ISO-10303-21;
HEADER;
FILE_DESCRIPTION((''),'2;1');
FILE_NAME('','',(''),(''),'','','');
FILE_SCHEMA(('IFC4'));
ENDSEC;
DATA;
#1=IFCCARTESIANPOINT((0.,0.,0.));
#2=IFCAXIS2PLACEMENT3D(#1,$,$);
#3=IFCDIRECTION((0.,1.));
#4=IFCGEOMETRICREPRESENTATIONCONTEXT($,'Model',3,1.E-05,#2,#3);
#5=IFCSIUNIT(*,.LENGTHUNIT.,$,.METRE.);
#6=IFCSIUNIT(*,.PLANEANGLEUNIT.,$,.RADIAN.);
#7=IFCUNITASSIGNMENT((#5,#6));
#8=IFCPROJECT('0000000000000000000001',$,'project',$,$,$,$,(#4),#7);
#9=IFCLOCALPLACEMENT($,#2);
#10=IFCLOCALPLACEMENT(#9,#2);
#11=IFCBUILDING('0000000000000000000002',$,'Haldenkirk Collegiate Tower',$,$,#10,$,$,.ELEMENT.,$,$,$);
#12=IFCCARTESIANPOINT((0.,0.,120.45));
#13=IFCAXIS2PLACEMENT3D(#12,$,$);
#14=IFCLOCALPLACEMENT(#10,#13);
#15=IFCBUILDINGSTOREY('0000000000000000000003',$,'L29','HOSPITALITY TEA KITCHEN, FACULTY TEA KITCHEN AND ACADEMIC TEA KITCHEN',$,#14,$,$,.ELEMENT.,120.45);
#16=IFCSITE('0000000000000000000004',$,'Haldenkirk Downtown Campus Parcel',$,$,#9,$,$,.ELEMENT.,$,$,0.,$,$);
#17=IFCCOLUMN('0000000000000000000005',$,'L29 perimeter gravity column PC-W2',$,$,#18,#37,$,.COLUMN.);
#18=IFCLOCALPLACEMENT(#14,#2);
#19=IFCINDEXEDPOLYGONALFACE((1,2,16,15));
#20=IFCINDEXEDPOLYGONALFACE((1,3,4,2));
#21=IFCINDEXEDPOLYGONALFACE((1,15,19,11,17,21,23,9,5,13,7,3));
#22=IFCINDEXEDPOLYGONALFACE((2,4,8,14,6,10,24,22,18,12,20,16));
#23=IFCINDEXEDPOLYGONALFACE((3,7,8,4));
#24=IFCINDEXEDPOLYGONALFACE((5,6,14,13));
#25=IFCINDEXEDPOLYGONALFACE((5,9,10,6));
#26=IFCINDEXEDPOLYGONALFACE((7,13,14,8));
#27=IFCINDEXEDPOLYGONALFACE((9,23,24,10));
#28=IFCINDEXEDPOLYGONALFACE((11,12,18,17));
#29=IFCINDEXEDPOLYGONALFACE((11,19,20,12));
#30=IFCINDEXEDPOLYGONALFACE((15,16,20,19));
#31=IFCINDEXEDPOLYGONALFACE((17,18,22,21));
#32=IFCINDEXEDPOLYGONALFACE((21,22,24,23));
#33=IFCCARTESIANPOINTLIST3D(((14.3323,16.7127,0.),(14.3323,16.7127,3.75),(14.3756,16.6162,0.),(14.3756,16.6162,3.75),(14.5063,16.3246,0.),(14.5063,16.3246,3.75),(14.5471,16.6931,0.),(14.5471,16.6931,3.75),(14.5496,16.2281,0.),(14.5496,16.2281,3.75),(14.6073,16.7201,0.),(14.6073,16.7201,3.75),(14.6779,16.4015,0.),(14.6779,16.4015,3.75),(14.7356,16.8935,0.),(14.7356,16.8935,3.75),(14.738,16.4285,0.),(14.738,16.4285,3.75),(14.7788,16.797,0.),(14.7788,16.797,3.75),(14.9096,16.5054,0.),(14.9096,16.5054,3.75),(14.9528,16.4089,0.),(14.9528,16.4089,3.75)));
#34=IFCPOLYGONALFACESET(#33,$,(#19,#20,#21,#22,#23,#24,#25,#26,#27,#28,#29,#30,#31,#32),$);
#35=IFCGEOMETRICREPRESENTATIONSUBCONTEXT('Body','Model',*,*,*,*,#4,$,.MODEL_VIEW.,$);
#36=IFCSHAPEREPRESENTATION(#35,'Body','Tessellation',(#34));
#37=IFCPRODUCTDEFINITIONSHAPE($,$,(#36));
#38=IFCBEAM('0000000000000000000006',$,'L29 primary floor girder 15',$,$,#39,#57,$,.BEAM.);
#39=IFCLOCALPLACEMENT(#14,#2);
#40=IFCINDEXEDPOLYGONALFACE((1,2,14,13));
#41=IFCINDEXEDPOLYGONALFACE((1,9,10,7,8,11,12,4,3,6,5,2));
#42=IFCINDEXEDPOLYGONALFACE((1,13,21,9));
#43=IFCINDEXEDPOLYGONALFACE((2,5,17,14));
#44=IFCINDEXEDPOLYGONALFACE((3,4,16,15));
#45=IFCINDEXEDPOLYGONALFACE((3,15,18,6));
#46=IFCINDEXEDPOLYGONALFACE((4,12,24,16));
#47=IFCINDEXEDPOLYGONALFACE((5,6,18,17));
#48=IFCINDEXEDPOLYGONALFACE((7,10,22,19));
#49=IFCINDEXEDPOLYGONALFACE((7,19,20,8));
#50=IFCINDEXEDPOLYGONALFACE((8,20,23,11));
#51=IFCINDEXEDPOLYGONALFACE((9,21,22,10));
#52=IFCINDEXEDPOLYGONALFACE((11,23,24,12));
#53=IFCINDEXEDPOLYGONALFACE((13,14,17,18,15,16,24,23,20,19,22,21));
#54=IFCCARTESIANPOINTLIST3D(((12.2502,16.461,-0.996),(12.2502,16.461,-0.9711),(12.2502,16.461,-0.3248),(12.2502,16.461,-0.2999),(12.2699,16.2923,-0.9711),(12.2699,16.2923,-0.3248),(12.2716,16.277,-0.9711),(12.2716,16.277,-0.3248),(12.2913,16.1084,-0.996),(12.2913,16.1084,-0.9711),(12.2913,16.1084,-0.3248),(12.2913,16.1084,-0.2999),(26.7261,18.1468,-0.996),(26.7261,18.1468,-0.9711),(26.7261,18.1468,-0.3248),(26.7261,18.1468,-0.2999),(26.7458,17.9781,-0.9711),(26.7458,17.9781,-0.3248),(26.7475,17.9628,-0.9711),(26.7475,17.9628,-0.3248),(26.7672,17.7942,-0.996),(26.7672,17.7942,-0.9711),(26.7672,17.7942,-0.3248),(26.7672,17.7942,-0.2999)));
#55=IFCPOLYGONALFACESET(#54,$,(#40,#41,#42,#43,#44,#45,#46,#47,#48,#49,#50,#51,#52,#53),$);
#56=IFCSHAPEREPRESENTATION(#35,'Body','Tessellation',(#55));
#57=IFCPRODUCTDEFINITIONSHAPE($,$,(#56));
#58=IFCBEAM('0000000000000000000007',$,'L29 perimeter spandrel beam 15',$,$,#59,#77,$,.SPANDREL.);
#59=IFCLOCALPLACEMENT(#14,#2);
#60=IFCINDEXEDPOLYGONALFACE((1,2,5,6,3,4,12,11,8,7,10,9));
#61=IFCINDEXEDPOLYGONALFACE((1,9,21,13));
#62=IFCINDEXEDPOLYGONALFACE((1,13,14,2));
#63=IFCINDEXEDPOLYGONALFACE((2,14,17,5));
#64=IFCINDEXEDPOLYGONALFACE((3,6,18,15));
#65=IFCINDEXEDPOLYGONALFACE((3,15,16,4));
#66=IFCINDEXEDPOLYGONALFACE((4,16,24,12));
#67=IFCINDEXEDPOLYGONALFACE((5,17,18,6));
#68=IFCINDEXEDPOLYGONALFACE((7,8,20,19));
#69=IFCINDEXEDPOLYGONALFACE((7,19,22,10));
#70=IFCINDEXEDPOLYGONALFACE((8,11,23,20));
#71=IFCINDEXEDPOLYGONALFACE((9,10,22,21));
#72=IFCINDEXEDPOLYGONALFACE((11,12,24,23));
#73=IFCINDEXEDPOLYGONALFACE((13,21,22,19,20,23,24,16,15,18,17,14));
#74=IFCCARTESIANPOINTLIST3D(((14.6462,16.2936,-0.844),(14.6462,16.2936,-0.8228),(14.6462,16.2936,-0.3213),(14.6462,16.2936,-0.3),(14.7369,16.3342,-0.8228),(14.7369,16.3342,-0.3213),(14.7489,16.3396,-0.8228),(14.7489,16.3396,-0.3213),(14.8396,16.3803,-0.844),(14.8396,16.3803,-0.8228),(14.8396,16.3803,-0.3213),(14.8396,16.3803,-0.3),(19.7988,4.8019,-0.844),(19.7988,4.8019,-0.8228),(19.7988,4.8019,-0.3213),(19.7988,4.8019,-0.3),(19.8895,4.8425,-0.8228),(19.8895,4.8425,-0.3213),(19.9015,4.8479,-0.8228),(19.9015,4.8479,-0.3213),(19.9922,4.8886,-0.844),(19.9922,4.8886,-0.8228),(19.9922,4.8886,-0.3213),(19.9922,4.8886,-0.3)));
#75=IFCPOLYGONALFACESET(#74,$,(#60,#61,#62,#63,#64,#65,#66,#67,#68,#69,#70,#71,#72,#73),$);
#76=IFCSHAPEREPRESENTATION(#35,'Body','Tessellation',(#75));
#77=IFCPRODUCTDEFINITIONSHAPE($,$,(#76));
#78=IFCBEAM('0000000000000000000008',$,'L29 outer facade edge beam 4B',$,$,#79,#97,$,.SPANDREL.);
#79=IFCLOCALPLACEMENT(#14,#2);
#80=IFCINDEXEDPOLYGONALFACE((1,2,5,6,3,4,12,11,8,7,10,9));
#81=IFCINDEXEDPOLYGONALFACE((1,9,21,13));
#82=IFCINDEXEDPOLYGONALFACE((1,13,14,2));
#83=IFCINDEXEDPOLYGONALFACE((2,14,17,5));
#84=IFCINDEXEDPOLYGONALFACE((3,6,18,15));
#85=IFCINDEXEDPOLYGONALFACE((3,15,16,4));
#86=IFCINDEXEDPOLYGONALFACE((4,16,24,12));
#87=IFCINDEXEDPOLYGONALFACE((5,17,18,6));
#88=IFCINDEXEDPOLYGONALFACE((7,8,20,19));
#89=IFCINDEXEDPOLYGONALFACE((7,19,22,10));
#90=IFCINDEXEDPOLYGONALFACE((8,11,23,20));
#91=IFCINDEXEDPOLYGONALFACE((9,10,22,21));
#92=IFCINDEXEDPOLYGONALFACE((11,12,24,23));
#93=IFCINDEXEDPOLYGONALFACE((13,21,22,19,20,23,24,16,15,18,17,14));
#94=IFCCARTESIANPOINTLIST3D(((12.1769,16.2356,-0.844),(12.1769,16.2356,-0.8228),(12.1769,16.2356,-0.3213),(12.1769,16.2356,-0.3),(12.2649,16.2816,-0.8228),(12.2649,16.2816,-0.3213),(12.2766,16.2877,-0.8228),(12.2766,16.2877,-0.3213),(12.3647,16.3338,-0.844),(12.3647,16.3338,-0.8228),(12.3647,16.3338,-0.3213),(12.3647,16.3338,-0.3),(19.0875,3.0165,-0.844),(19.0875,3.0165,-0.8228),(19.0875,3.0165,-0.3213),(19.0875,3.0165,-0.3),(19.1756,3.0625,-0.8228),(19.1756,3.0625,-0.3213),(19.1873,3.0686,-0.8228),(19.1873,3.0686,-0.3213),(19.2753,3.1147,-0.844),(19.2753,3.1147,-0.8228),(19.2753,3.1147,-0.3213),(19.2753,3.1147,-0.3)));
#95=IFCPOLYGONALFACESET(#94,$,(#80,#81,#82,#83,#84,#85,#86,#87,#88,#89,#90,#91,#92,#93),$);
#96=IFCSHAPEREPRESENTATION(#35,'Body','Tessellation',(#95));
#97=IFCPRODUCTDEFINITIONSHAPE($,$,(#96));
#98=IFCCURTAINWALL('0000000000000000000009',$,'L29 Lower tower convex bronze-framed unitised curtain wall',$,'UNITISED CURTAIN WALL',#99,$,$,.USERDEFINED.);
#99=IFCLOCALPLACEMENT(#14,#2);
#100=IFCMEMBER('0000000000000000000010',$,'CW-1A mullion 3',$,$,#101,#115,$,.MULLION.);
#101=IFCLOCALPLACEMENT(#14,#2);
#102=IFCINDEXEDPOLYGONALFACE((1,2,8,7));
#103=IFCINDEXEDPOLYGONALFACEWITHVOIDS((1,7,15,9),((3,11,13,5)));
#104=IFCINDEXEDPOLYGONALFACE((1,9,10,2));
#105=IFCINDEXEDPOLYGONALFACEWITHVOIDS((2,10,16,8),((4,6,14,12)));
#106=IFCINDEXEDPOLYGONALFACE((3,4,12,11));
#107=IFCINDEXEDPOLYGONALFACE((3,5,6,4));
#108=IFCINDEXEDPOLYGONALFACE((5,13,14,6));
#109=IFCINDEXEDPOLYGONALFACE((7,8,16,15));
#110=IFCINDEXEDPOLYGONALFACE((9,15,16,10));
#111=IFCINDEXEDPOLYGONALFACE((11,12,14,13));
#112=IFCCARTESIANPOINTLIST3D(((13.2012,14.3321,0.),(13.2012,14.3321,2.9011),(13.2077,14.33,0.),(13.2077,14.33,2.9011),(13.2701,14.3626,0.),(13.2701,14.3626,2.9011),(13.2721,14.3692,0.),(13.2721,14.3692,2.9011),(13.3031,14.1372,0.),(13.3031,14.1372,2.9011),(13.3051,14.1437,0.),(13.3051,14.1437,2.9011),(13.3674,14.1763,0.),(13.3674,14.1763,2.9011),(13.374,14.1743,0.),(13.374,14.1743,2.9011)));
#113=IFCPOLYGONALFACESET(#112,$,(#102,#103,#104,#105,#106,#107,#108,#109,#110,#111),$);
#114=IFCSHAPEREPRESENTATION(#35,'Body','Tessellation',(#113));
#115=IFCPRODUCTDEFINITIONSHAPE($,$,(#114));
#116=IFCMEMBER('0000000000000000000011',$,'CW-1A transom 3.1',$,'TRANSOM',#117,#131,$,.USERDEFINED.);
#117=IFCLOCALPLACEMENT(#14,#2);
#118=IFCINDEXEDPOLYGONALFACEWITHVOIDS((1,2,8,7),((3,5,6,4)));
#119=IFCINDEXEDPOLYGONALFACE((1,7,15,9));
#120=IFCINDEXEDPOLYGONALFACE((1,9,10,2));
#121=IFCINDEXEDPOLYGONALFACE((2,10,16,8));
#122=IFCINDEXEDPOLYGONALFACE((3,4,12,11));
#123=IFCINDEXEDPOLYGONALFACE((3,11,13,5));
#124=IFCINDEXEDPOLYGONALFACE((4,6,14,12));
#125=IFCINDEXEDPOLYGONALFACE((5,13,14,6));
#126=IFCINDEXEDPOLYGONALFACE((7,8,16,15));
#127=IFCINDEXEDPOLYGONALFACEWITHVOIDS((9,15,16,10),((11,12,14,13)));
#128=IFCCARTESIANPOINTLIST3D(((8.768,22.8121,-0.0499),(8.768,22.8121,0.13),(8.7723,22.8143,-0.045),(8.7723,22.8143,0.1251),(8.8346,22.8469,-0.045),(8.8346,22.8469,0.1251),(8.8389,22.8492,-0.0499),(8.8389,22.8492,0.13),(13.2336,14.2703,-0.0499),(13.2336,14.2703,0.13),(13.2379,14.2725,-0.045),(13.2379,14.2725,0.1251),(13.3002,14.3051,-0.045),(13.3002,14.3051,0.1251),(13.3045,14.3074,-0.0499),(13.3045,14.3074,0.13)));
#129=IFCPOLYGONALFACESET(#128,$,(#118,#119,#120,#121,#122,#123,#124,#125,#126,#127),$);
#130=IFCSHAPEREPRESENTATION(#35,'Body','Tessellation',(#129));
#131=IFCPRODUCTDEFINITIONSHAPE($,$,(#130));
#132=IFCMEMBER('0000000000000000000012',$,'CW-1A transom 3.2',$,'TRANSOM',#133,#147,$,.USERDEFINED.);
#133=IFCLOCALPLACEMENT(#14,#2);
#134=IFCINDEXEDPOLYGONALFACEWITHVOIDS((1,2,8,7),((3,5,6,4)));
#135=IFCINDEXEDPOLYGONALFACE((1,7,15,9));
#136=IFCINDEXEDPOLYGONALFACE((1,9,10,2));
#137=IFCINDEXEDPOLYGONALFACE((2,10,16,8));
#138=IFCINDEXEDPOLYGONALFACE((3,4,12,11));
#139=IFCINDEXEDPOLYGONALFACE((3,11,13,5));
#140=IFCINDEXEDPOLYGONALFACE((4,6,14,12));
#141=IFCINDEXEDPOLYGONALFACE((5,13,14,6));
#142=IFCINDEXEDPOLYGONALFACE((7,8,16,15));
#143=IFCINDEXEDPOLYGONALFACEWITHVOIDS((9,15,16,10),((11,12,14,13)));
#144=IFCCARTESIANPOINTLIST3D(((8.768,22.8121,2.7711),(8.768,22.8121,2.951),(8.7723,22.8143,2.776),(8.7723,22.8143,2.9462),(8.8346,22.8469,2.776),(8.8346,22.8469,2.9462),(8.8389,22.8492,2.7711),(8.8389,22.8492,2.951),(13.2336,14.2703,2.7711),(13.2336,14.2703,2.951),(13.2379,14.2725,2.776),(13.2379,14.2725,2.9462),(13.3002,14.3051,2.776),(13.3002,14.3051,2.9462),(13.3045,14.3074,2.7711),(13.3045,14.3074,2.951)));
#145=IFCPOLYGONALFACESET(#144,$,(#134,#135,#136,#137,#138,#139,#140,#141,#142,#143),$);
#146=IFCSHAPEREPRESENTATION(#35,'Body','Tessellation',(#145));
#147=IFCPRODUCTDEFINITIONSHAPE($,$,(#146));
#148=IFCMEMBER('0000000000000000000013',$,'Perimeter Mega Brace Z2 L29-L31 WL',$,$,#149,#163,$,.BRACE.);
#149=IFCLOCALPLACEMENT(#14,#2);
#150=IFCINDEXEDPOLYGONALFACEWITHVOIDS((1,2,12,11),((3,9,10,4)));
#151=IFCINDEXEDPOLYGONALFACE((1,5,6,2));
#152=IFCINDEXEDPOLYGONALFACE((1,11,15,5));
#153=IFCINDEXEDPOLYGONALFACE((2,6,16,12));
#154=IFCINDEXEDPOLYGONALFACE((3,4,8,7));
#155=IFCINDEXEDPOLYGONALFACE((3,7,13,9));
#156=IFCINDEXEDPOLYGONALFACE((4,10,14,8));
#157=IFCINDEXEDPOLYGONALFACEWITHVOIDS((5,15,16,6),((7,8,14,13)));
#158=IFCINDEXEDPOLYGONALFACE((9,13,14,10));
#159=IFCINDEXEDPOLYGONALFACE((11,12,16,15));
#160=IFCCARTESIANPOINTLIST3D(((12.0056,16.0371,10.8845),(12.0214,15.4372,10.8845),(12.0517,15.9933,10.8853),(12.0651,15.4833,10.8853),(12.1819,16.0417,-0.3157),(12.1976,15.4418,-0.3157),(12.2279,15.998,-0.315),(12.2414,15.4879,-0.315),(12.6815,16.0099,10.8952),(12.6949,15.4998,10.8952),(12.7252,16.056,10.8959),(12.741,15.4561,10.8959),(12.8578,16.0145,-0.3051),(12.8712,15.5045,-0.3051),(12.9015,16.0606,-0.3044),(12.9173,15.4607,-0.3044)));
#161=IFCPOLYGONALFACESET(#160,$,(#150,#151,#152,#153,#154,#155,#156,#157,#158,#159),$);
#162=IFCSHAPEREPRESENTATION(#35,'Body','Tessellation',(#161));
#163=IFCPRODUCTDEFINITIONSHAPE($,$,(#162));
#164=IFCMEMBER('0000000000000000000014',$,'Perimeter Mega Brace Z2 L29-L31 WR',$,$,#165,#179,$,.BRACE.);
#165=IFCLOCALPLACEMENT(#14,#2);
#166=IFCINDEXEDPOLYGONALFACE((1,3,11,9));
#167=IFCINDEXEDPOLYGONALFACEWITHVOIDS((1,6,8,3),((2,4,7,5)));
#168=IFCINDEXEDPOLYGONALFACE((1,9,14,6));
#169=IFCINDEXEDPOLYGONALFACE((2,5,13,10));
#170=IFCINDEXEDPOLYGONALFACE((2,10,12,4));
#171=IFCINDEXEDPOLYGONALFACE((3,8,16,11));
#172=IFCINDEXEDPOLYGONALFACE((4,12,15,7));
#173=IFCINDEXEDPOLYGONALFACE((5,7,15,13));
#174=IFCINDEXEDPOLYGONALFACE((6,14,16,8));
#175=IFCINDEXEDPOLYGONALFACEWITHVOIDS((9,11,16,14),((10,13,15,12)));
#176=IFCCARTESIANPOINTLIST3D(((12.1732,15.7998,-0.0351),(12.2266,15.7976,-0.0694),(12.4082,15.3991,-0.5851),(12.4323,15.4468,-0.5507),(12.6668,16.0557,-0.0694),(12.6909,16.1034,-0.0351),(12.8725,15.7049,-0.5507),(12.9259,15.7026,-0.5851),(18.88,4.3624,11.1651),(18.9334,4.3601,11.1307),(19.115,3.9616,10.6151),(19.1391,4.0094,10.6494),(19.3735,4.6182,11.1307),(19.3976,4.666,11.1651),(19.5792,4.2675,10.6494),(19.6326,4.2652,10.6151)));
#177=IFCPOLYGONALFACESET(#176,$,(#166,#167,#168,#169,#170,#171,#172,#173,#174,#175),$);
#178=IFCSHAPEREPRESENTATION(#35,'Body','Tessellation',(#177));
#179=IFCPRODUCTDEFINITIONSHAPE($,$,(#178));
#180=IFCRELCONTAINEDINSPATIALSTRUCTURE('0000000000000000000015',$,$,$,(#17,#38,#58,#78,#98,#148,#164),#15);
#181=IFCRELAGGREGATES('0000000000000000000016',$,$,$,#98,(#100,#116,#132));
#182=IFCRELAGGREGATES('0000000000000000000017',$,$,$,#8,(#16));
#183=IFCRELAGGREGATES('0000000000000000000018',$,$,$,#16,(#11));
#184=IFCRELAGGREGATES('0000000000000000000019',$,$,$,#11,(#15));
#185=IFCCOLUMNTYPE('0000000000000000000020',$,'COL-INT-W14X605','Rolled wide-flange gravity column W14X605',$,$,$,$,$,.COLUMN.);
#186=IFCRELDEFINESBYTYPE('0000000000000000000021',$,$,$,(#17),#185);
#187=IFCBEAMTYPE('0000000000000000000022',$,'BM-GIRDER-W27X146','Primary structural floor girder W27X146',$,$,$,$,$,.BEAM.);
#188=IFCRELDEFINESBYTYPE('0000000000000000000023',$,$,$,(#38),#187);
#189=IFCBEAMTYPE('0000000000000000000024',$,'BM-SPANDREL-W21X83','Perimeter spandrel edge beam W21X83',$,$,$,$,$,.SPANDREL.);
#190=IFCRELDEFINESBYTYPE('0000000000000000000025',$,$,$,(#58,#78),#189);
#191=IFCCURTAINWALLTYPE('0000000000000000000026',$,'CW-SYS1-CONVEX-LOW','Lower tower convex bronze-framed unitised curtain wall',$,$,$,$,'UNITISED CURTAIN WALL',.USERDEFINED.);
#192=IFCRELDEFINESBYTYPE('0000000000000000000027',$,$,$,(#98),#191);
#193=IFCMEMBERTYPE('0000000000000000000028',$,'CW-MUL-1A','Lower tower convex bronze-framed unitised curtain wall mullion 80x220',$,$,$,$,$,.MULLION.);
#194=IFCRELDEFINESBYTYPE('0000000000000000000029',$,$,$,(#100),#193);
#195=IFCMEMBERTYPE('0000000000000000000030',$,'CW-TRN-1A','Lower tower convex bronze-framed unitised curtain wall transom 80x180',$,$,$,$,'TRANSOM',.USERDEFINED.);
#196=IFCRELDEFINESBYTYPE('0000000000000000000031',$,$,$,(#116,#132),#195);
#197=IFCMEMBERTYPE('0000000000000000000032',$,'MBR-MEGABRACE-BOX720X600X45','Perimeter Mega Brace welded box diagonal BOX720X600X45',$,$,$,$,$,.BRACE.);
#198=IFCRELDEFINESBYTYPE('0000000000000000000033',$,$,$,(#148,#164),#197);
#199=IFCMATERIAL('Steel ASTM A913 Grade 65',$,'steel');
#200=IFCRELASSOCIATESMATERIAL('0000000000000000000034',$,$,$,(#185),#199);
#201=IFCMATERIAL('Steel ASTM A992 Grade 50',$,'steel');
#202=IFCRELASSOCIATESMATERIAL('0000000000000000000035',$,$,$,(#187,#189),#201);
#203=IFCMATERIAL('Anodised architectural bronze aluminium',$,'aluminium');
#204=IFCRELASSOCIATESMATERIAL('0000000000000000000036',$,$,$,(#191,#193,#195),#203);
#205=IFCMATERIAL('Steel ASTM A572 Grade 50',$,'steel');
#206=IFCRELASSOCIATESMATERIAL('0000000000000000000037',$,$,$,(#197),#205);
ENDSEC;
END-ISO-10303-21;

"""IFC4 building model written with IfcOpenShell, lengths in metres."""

from ifc_helpers import new_model, si_unit, direction, frame, origin, origin_2d, place, context, subcontext, project, spatial, hollow_rectangle, i_section, extrude, material, material_profile, profile_set, type_object, element, aggregate, save


model = new_model("IFC4")

# Units and contexts
model_context = context("Model", 3, precision=1e-05, world=origin(), true_north=direction((0.0, 1.0)))
body_context = subcontext(model_context, "Body", "Model", "MODEL_VIEW")
ifc_project = project(units=[si_unit("LENGTHUNIT", "METRE"), si_unit("PLANEANGLEUNIT", "RADIAN")], contexts=[model_context])

# Site, building, storey
site_placement = place(None, origin())
site = spatial("IfcSite", under=ifc_project, at=site_placement, Name="Haldenkirk Downtown Campus Parcel", CompositionType="ELEMENT", RefElevation=0.0)
building_placement = place(site_placement, origin())
building = spatial("IfcBuilding", under=site, at=building_placement, Name="Haldenkirk Collegiate Tower", CompositionType="ELEMENT")
storey_placement = place(building_placement, frame((0.0, 0.0, 120.45)))
storey = spatial("IfcBuildingStorey", under=building, at=storey_placement, Name="L29", Description="HOSPITALITY TEA KITCHEN, FACULTY TEA KITCHEN AND ACADEMIC TEA KITCHEN", CompositionType="ELEMENT", Elevation=120.45)

# Column
ifc_material_1 = material(Name="Steel ASTM A913 Grade 65", Category="steel")
ifc_material_profile_1 = material_profile(ifc_material_1, i_section(OverallWidth=0.4419, OverallDepth=0.531, WebThickness=0.0659, FlangeThickness=0.1057, at=origin_2d()), Name="W14X605")
ifc_profile_set_1 = profile_set([ifc_material_profile_1], Name="Steel ASTM A913 Grade 65")
column_type = type_object("IfcColumnType", Name="COL-INT-W14X605", Description="Rolled wide-flange gravity column W14X605", PredefinedType="COLUMN", material=ifc_profile_set_1)
column_placement = place(storey_placement, frame((14.6426, 16.5608, 0.0), z_axis=(0.0, 0.0, 1.0), x_axis=(0.912477, 0.409127, 0.0)))
element("IfcColumn", 1, at=column_placement, inside=storey, type_object=column_type, Name="L29 perimeter gravity column PC-W2", PredefinedType="COLUMN", context=body_context, shape_type="SweptSolid", body=[
    extrude(i_section(OverallWidth=0.4419, OverallDepth=0.531, WebThickness=0.0659, FlangeThickness=0.1057, at=origin_2d()), origin(), (0.0, 0.0, 1.0), 3.75),
])

# Beams
ifc_material_2 = material(Name="Steel ASTM A992 Grade 50", Category="steel")
ifc_material_profile_2 = material_profile(ifc_material_2, i_section(OverallWidth=0.355, OverallDepth=0.696, WebThickness=0.0154, FlangeThickness=0.0249, at=origin_2d()), Name="W27X146")
ifc_profile_set_2 = profile_set([ifc_material_profile_2], Name="Steel ASTM A992 Grade 50")
beam_type_1 = type_object("IfcBeamType", Name="BM-GIRDER-W27X146", Description="Primary structural floor girder W27X146", PredefinedType="BEAM", material=ifc_profile_set_2)
beam_1_placement = place(storey_placement, frame((12.2708, 16.2847, -0.6479), z_axis=(0.993287, 0.115674, 0.0), x_axis=(-0.115674, 0.993287, 0.0)))
element("IfcBeam", 2, at=beam_1_placement, inside=storey, type_object=beam_type_1, Name="L29 primary floor girder 15", PredefinedType="BEAM", context=body_context, shape_type="SweptSolid", body=[
    extrude(i_section(OverallWidth=0.355, OverallDepth=0.696, WebThickness=0.0154, FlangeThickness=0.0249, at=origin_2d()), origin(), (0.0, 0.0, 1.0), 14.5737),
])
ifc_material_profile_3 = material_profile(ifc_material_2, i_section(OverallWidth=0.2119, OverallDepth=0.5439, WebThickness=0.0132, FlangeThickness=0.0212, at=origin_2d()), Name="W21X83")
ifc_profile_set_3 = profile_set([ifc_material_profile_3], Name="Steel ASTM A992 Grade 50")
beam_type_2 = type_object("IfcBeamType", Name="BM-SPANDREL-W21X83", Description="Perimeter spandrel edge beam W21X83", PredefinedType="SPANDREL", material=ifc_profile_set_3)
beam_2_placement = place(storey_placement, frame((14.7429, 16.3369, -0.572), z_axis=(0.409131, -0.912476, 0.0), x_axis=(0.912476, 0.409131, 0.0)))
element("IfcBeam", 3, at=beam_2_placement, inside=storey, type_object=beam_type_2, Name="L29 perimeter spandrel beam 15", PredefinedType="SPANDREL", context=body_context, shape_type="SweptSolid", body=[
    extrude(i_section(OverallWidth=0.2119, OverallDepth=0.5439, WebThickness=0.0132, FlangeThickness=0.0212, at=origin_2d()), origin(), (0.0, 0.0, 1.0), 12.594),
])
beam_3_placement = place(storey_placement, frame((12.2708, 16.2847, -0.572), z_axis=(0.463292, -0.886206, 0.0), x_axis=(0.886206, 0.463292, 0.0)))
element("IfcBeam", 4, at=beam_3_placement, inside=storey, type_object=beam_type_2, Name="L29 outer facade edge beam 4B", PredefinedType="SPANDREL", context=body_context, shape_type="SweptSolid", body=[
    extrude(i_section(OverallWidth=0.2119, OverallDepth=0.5439, WebThickness=0.0132, FlangeThickness=0.0212, at=origin_2d()), origin(), (0.0, 0.0, 1.0), 14.9165),
])

# Curtain wall, members
ifc_material_3 = material(Name="Anodised architectural bronze aluminium", Category="aluminium")
curtain_wall_type = type_object("IfcCurtainWallType", Name="CW-SYS1-CONVEX-LOW", Description="Lower tower convex bronze-framed unitised curtain wall", ElementType="UNITISED CURTAIN WALL", PredefinedType="USERDEFINED", material=ifc_material_3)
curtain_wall_placement = place(storey_placement, origin())
curtain_wall = element("IfcCurtainWall", 5, at=curtain_wall_placement, inside=storey, type_object=curtain_wall_type, Name="L29 Lower tower convex bronze-framed unitised curtain wall", ObjectType="UNITISED CURTAIN WALL", PredefinedType="USERDEFINED")
ifc_material_profile_4 = material_profile(ifc_material_3, hollow_rectangle(XDim=0.0801, YDim=0.22, WallThickness=0.0049, at=origin_2d()), Name="CW-MUL-1A")
ifc_profile_set_4 = profile_set([ifc_material_profile_4], Name="Anodised architectural bronze aluminium")
member_type_1 = type_object("IfcMemberType", Name="CW-MUL-1A", Description="Lower tower convex bronze-framed unitised curtain wall mullion 80x220", PredefinedType="MULLION", material=ifc_profile_set_4)
member_1_placement = place(storey_placement, frame((13.2876, 14.2532, 0.0), z_axis=(0.0, 0.0, 1.0), x_axis=(-0.886205, -0.463294, 0.0)))
member_1 = element("IfcMember", 6, at=member_1_placement, type_object=member_type_1, Name="CW-1A mullion 3", PredefinedType="MULLION", context=body_context, shape_type="SweptSolid", body=[
    extrude(hollow_rectangle(XDim=0.0801, YDim=0.22, WallThickness=0.0049, at=origin_2d()), origin(), (0.0, 0.0, 1.0), 2.9011),
])
ifc_material_profile_5 = material_profile(ifc_material_3, hollow_rectangle(XDim=0.0801, YDim=0.1799, WallThickness=0.0049, at=origin_2d()), Name="CW-TRN-1A")
ifc_profile_set_5 = profile_set([ifc_material_profile_5], Name="Anodised architectural bronze aluminium")
member_type_2 = type_object("IfcMemberType", Name="CW-TRN-1A", Description="Lower tower convex bronze-framed unitised curtain wall transom 80x180", ElementType="TRANSOM", PredefinedType="USERDEFINED", material=ifc_profile_set_5)
member_2_placement = place(storey_placement, frame((13.269, 14.2888, 0.04), z_axis=(-0.463301, 0.886201, 0.0), x_axis=(-0.886201, -0.463301, 0.0)))
member_2 = element("IfcMember", 7, at=member_2_placement, type_object=member_type_2, Name="CW-1A transom 3.1", ObjectType="TRANSOM", PredefinedType="USERDEFINED", context=body_context, shape_type="SweptSolid", body=[
    extrude(hollow_rectangle(XDim=0.0801, YDim=0.1799, WallThickness=0.0049, at=origin_2d()), origin(), (0.0, 0.0, 1.0), 9.6387),
])
member_3_placement = place(storey_placement, frame((13.269, 14.2888, 2.8611), z_axis=(-0.463301, 0.886201, 0.0), x_axis=(-0.886201, -0.463301, 0.0)))
member_3 = element("IfcMember", 8, at=member_3_placement, type_object=member_type_2, Name="CW-1A transom 3.2", ObjectType="TRANSOM", PredefinedType="USERDEFINED", context=body_context, shape_type="SweptSolid", body=[
    extrude(hollow_rectangle(XDim=0.0801, YDim=0.1799, WallThickness=0.0049, at=origin_2d()), origin(), (0.0, 0.0, 1.0), 9.6387),
])

# Members
ifc_material_4 = material(Name="Steel ASTM A572 Grade 50", Category="steel")
ifc_material_profile_6 = material_profile(ifc_material_4, hollow_rectangle(XDim=0.6001, YDim=0.72, WallThickness=0.0449, at=origin_2d()), Name="BOX720X600X45")
ifc_profile_set_6 = profile_set([ifc_material_profile_6], Name="Steel ASTM A572 Grade 50")
member_type_3 = type_object("IfcMemberType", Name="MBR-MEGABRACE-BOX720X600X45", Description="Perimeter Mega Brace welded box diagonal BOX720X600X45", PredefinedType="BRACE", material=ifc_profile_set_6)
member_4_placement = place(storey_placement, frame((12.5496, 15.7512, -0.3101), z_axis=(-0.015736, -0.000414, 0.999876), x_axis=(0.026307, -0.999654, 0.0)))
element("IfcMember", 9, at=member_4_placement, inside=storey, type_object=member_type_3, Name="Perimeter Mega Brace Z2 L29-L31 WL", PredefinedType="BRACE", context=body_context, shape_type="SweptSolid", body=[
    extrude(hollow_rectangle(XDim=0.6001, YDim=0.72, WallThickness=0.0449, at=origin_2d()), origin(), (0.0, 0.0, 1.0), 11.2017),
])
member_5_placement = place(storey_placement, frame((12.5496, 15.7512, -0.3101), z_axis=(0.386418, -0.658982, 0.645309), x_axis=(0.862631, 0.505834, 0.0)))
element("IfcMember", 10, at=member_5_placement, inside=storey, type_object=member_type_3, Name="Perimeter Mega Brace Z2 L29-L31 WR", PredefinedType="BRACE", context=body_context, shape_type="SweptSolid", body=[
    extrude(hollow_rectangle(XDim=0.6001, YDim=0.72, WallThickness=0.0449, at=origin_2d()), origin(), (0.0, 0.0, 1.0), 17.3562),
])

aggregate(curtain_wall, [member_1, member_2, member_3])

save(model, "model.ifc")
